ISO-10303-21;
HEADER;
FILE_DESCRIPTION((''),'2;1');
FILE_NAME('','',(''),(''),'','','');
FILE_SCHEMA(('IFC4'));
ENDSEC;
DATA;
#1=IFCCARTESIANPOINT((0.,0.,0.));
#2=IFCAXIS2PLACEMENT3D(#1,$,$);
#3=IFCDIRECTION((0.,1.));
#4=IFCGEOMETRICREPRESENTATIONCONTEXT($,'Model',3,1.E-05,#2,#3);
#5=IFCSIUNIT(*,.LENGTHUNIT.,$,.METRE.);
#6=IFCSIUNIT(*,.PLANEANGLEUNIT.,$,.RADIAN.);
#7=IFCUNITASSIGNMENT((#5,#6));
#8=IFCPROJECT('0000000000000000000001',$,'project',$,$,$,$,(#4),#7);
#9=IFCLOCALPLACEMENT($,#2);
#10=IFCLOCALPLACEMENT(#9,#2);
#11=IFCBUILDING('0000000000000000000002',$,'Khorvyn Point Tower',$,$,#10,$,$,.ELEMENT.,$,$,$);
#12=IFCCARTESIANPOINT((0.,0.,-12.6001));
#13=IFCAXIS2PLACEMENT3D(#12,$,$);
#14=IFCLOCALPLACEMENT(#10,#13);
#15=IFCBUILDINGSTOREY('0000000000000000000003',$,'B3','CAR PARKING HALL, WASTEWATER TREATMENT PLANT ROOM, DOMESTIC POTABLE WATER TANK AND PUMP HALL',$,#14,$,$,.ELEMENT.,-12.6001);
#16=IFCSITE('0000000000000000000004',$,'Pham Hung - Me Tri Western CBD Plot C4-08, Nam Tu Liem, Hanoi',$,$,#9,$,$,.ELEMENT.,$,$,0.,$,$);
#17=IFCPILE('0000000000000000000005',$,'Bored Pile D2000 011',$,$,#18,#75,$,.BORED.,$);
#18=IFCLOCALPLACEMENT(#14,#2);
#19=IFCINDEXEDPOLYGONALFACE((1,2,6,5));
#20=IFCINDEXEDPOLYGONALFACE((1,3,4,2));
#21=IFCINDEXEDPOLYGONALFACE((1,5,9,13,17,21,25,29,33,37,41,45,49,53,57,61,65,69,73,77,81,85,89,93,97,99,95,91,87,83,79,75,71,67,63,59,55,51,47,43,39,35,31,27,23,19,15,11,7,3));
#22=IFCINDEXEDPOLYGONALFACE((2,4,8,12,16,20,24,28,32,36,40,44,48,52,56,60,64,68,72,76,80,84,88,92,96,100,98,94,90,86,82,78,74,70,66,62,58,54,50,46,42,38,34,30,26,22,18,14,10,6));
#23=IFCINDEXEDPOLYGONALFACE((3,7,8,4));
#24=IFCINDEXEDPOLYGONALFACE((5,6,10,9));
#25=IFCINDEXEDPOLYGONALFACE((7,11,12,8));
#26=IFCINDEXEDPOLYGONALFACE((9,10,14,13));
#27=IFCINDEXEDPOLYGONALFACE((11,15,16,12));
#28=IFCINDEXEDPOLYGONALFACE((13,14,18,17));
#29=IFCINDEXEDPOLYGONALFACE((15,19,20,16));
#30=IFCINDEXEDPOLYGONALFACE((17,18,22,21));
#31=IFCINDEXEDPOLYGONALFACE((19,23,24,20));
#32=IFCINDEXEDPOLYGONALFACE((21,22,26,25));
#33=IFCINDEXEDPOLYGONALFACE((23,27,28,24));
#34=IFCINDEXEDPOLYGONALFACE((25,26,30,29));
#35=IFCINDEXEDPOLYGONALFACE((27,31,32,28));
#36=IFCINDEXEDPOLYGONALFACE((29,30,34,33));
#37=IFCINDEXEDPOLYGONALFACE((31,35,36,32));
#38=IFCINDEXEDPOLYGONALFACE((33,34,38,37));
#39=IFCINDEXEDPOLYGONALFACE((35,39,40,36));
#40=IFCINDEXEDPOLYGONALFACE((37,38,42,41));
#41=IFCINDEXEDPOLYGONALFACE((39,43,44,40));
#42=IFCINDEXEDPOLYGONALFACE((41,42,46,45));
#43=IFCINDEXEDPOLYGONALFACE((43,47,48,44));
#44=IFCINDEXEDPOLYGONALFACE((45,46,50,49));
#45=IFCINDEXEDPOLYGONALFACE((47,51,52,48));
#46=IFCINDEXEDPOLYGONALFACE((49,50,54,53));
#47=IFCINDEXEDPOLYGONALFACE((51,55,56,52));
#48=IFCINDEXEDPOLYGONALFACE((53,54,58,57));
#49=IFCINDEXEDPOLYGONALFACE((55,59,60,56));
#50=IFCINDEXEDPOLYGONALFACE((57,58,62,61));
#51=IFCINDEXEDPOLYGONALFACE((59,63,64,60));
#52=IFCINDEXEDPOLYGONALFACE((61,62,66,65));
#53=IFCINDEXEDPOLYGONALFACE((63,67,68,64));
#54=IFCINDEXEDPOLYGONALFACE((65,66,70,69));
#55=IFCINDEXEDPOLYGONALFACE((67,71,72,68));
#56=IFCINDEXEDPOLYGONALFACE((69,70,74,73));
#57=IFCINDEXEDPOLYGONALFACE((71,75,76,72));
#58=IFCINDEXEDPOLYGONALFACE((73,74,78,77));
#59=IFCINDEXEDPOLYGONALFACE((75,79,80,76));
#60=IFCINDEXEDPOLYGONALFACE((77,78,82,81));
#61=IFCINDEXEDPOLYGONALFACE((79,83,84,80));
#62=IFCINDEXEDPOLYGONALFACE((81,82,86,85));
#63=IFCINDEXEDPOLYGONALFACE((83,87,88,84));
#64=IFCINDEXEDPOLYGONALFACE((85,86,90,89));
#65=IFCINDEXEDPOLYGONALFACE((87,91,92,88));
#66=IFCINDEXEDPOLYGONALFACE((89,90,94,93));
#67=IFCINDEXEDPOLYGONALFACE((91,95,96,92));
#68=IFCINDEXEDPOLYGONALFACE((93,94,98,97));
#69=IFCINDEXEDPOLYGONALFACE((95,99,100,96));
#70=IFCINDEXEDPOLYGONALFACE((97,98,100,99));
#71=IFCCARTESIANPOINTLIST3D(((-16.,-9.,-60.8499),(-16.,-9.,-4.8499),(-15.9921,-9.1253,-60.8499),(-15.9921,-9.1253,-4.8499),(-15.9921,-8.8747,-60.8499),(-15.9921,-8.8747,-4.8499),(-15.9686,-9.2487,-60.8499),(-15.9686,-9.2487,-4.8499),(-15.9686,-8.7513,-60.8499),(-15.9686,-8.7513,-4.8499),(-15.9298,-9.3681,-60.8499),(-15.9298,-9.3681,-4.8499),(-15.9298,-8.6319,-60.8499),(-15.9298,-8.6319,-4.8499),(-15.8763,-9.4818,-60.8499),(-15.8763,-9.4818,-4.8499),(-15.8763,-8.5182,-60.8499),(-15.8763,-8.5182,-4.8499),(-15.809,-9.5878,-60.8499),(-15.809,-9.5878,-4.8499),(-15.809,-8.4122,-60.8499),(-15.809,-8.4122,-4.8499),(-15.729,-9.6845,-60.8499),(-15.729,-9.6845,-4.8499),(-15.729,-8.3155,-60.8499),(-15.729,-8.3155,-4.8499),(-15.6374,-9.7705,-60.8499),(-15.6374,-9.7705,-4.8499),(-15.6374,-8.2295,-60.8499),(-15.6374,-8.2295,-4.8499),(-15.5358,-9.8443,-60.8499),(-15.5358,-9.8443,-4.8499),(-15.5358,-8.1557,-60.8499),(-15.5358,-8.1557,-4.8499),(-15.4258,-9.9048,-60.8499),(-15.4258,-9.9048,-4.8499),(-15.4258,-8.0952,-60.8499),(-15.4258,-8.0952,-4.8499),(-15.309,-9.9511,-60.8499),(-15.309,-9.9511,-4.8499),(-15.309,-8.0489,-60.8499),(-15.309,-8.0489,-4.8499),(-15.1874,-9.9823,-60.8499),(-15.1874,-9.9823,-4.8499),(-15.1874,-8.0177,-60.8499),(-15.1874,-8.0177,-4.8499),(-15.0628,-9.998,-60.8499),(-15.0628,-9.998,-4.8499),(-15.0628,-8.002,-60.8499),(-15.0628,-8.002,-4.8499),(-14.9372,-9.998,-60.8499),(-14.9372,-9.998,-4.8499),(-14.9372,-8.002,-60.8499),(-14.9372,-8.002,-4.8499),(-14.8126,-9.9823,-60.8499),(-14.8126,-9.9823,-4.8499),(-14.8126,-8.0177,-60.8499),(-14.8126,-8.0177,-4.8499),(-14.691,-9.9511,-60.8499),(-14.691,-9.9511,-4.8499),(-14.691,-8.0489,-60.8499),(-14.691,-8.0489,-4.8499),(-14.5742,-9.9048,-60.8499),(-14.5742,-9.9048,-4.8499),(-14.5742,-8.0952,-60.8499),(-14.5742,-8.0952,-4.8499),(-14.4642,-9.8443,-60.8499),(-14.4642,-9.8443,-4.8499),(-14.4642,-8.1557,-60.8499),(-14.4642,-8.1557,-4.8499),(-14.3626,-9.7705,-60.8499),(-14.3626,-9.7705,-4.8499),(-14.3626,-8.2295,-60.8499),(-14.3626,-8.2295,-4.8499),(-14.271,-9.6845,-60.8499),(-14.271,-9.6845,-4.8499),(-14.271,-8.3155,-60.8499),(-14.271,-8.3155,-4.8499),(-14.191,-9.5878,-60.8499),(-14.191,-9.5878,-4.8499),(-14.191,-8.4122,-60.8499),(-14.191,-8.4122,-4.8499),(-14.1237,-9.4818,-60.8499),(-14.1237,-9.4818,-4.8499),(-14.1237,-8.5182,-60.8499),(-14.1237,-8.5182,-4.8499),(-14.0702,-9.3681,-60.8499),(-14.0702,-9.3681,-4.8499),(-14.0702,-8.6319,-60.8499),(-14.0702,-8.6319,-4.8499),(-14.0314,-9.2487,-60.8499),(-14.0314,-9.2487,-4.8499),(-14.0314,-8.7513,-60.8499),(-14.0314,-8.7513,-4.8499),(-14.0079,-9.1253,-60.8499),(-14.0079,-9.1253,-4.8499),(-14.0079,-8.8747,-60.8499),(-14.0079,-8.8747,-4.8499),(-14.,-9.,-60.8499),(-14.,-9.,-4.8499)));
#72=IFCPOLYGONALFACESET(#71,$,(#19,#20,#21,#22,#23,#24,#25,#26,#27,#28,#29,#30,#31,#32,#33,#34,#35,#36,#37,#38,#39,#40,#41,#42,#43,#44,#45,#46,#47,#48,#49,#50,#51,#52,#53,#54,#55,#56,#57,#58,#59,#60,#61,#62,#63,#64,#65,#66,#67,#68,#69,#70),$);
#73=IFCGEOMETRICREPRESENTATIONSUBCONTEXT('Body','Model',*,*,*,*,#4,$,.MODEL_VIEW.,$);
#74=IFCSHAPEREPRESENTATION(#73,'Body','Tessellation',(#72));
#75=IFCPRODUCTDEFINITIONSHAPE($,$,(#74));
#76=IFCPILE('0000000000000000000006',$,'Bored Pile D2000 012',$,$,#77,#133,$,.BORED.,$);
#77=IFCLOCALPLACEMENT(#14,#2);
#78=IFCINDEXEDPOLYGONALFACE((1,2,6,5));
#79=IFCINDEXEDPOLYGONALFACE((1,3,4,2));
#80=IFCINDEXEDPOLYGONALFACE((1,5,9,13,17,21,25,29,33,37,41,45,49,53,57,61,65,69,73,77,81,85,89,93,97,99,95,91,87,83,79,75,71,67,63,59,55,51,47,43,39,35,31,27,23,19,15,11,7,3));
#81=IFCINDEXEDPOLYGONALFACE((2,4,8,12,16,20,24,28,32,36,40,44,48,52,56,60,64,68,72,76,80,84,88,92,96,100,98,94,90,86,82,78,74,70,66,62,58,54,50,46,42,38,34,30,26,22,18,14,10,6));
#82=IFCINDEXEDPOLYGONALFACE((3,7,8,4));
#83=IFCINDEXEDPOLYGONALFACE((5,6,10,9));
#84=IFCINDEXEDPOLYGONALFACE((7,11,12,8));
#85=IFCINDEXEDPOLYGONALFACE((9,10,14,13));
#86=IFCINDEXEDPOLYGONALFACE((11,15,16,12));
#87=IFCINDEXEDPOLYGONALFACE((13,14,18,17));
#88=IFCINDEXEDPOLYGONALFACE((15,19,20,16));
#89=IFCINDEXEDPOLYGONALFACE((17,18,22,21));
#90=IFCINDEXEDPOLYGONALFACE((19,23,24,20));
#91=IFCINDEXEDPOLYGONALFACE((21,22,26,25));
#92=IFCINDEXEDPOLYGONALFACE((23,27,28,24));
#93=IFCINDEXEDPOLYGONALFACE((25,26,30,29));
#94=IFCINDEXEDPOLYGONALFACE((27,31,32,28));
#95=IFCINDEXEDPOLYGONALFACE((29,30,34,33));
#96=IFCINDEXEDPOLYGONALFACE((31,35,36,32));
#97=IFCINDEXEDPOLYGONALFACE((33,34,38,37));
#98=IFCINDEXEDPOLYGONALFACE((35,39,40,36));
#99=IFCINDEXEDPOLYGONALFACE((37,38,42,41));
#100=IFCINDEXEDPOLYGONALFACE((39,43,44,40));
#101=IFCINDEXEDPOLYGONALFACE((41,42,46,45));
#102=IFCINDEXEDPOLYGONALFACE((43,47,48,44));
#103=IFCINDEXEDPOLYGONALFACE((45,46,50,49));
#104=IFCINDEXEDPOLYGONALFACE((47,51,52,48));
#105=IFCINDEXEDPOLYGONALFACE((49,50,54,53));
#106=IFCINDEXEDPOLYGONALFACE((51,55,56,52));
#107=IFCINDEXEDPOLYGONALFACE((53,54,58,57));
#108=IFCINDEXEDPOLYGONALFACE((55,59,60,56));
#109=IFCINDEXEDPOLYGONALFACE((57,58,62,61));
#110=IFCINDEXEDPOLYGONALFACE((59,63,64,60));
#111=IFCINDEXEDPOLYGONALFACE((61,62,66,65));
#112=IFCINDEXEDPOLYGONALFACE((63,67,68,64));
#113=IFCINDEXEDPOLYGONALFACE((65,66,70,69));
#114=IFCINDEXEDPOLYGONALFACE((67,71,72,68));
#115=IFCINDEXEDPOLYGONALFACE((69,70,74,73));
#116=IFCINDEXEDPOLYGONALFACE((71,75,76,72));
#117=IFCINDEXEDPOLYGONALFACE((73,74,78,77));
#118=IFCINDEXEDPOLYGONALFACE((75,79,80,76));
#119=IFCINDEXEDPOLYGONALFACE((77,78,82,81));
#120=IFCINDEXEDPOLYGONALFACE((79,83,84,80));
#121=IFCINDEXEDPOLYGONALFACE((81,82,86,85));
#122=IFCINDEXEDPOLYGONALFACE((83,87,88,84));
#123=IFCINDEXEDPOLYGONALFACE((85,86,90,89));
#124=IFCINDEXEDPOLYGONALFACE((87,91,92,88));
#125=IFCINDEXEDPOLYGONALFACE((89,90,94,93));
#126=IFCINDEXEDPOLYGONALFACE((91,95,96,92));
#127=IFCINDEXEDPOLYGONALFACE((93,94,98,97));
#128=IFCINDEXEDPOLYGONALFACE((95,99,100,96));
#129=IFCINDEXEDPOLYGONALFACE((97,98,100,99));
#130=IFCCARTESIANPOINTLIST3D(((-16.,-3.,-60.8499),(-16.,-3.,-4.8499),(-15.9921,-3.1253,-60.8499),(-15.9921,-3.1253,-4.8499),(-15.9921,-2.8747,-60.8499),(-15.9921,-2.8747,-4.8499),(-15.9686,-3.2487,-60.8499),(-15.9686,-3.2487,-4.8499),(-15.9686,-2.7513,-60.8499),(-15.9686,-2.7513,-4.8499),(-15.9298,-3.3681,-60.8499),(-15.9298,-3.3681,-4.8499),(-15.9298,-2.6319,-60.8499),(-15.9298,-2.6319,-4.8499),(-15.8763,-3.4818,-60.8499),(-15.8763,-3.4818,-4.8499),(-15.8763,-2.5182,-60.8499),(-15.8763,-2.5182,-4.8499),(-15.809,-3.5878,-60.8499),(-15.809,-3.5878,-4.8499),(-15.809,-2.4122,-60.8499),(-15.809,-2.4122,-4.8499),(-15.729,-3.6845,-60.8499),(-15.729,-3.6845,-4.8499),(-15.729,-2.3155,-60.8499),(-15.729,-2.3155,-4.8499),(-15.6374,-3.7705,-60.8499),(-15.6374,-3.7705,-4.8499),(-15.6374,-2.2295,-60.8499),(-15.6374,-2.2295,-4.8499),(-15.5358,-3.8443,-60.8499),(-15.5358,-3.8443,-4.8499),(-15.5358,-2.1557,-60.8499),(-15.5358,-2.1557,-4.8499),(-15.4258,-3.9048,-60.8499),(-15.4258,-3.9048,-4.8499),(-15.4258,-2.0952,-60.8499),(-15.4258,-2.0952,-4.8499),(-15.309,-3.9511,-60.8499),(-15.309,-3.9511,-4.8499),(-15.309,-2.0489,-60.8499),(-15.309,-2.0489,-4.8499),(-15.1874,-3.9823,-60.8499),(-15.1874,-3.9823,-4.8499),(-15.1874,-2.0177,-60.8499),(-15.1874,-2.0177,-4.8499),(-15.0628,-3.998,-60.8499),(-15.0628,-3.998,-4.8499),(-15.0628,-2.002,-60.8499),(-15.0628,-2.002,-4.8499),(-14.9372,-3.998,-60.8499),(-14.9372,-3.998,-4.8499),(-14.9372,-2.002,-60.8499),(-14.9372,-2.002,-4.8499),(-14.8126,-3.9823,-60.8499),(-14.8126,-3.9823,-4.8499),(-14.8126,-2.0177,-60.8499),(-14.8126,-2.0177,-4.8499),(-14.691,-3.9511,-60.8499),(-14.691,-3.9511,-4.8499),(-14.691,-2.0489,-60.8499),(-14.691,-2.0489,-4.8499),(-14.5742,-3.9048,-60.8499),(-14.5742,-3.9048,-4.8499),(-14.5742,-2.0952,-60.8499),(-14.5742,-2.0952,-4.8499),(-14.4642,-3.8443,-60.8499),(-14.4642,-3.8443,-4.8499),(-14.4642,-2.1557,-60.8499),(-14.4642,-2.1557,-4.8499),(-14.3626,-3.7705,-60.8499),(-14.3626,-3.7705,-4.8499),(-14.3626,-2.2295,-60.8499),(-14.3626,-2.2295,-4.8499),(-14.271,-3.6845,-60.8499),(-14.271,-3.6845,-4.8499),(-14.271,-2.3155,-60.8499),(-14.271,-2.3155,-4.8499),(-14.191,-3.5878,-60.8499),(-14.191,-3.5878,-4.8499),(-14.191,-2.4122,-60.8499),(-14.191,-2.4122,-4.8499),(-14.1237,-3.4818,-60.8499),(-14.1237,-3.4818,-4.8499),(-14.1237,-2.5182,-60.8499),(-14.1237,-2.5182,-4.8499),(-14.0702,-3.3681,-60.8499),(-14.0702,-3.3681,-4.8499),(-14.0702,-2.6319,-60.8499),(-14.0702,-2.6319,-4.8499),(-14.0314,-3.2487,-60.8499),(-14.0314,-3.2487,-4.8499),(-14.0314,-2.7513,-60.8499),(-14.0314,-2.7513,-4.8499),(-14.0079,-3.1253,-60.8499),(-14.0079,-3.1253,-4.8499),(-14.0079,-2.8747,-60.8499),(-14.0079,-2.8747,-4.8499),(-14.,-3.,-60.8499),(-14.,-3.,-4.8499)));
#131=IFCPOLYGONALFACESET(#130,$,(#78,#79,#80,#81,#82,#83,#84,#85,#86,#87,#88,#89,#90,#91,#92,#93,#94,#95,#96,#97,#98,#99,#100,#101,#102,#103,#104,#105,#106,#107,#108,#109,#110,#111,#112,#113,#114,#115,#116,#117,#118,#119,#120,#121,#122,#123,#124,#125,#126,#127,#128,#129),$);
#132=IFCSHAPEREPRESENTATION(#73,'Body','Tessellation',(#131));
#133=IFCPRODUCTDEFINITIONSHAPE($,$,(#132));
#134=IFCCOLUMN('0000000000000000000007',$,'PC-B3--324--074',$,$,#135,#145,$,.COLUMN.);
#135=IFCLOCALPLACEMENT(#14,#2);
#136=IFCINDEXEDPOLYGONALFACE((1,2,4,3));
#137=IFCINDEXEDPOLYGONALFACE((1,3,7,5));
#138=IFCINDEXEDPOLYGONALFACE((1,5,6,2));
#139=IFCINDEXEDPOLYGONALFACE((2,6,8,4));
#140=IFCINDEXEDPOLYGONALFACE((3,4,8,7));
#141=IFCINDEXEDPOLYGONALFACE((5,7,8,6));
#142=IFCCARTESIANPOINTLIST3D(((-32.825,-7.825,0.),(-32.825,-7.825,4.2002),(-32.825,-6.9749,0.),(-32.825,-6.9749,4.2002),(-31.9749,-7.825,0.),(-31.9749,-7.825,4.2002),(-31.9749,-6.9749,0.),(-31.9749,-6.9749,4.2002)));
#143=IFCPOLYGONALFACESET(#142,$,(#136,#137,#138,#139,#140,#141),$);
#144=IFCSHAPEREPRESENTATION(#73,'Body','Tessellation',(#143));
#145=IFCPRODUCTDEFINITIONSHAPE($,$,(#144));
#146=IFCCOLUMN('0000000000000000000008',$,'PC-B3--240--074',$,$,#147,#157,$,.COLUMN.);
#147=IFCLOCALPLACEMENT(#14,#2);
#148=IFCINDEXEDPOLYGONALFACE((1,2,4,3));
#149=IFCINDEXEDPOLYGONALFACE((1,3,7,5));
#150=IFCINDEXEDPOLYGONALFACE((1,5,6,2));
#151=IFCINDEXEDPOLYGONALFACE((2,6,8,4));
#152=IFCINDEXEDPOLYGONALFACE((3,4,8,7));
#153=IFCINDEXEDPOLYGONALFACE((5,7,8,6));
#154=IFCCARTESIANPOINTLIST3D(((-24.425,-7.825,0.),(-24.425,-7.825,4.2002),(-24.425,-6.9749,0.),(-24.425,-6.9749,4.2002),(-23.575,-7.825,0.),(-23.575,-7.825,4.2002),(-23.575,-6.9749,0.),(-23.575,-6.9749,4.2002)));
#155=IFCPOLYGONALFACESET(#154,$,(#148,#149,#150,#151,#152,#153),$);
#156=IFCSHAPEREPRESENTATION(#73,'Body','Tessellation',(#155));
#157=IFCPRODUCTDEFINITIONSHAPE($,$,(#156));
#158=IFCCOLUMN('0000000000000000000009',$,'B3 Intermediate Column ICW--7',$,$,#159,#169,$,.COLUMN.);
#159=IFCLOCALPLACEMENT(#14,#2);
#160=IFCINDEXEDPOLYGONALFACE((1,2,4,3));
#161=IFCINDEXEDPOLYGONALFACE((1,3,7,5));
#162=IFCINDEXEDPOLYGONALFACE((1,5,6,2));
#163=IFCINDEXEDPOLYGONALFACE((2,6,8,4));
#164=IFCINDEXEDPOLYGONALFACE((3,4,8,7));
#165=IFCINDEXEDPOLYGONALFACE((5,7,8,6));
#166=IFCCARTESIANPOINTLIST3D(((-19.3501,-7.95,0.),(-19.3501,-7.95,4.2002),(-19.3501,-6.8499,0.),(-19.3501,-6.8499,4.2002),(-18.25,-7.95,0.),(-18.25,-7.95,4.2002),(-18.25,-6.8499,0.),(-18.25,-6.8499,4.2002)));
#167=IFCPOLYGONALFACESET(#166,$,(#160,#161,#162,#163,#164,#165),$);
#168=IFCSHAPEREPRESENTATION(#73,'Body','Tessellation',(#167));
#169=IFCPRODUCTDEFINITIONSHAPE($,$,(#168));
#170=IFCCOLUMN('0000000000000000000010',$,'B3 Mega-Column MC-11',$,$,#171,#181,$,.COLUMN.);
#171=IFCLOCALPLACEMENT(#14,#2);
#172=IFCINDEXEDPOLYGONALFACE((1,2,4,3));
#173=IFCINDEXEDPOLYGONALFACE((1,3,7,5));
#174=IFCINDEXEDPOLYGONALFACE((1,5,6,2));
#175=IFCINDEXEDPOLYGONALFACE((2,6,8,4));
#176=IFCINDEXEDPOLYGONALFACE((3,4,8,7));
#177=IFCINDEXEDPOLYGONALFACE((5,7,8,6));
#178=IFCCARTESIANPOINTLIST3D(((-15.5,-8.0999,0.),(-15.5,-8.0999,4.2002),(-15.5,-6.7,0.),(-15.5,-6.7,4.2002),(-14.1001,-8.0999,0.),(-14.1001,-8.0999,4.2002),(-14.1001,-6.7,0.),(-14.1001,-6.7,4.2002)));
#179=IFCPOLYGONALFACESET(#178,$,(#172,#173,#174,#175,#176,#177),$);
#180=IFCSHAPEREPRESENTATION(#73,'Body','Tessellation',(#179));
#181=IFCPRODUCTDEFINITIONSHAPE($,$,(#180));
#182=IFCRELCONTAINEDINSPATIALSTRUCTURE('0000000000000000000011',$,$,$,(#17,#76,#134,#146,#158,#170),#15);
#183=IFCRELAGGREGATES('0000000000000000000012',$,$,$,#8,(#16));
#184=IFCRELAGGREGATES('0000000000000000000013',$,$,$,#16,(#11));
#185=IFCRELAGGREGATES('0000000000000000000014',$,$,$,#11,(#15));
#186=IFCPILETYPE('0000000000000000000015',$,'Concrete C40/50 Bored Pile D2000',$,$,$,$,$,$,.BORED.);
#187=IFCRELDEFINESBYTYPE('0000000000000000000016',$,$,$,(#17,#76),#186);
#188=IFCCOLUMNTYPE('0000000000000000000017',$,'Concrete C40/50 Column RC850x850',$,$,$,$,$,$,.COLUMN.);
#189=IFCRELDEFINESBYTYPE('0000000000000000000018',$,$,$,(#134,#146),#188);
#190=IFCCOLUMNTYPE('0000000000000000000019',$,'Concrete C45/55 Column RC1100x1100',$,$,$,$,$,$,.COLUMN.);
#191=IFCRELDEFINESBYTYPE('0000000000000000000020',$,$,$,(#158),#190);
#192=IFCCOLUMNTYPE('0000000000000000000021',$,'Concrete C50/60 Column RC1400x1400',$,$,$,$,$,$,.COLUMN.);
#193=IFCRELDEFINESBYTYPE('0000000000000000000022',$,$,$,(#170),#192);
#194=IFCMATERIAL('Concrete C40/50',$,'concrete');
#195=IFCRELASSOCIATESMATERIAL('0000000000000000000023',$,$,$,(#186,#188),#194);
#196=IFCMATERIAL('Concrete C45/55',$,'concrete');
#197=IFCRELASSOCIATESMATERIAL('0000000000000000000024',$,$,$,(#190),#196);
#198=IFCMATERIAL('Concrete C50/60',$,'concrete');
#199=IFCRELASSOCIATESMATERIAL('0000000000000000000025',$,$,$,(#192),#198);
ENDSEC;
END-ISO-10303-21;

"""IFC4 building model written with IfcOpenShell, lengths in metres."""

from ifc_helpers import new_model, si_unit, direction, frame, origin, origin_2d, place, context, subcontext, project, spatial, rectangle, circle, extrude, material, material_profile, profile_set, type_object, element, save


model = new_model("IFC4")

# Units and contexts
model_context = context("Model", 3, precision=1e-05, world=origin(), true_north=direction((0.0, 1.0)))
body_context = subcontext(model_context, "Body", "Model", "MODEL_VIEW")
ifc_project = project(units=[si_unit("LENGTHUNIT", "METRE"), si_unit("PLANEANGLEUNIT", "RADIAN")], contexts=[model_context])

# Site, building, storey
site_placement = place(None, origin())
site = spatial("IfcSite", under=ifc_project, at=site_placement, Name="Pham Hung - Me Tri Western CBD Plot C4-08, Nam Tu Liem, Hanoi", CompositionType="ELEMENT", RefElevation=0.0)
building_placement = place(site_placement, origin())
building = spatial("IfcBuilding", under=site, at=building_placement, Name="Khorvyn Point Tower", CompositionType="ELEMENT")
storey_placement = place(building_placement, frame((0.0, 0.0, -12.6001)))
storey = spatial("IfcBuildingStorey", under=building, at=storey_placement, Name="B3", Description="CAR PARKING HALL, WASTEWATER TREATMENT PLANT ROOM, DOMESTIC POTABLE WATER TANK AND PUMP HALL", CompositionType="ELEMENT", Elevation=-12.6001)

# Piles
ifc_material_1 = material(Name="Concrete C40/50", Category="concrete")
ifc_material_profile_1 = material_profile(ifc_material_1, circle(Radius=1.0, at=origin_2d()))
ifc_profile_set_1 = profile_set([ifc_material_profile_1], Name="Concrete C40/50 PILE-D2000")
pile_type_1 = type_object("IfcPileType", Name="Concrete C40/50 Bored Pile D2000", PredefinedType="BORED", material=ifc_profile_set_1)
for number, where, z_axis, x_axis, name in (
    (1, (-15.0, -9.0, -4.8499), (0.0, 0.0, -1.0), (1.0, 0.0, 0.0), "Bored Pile D2000 011"),
    (2, (-15.0, -3.0, -4.8499), (0.0, 0.0, -1.0), (1.0, 0.0, 0.0), "Bored Pile D2000 012"),
):
    element("IfcPile", number, at=place(storey_placement, frame(where, z_axis=z_axis, x_axis=x_axis)), inside=storey, type_object=pile_type_1, Name=name, PredefinedType="BORED", context=body_context, shape_type="SweptSolid", body=[
        extrude(circle(Radius=1.0, at=origin_2d()), origin(), (0.0, 0.0, 1.0), 56.0),
    ])

# Columns
ifc_material_profile_2 = material_profile(ifc_material_1, rectangle(XDim=0.8501, YDim=0.8501, at=origin_2d()))
ifc_profile_set_2 = profile_set([ifc_material_profile_2], Name="Concrete C40/50 RC850x850")
column_type_1 = type_object("IfcColumnType", Name="Concrete C40/50 Column RC850x850", PredefinedType="COLUMN", material=ifc_profile_set_2)
for number, where, z_axis, x_axis, name in (
    (3, (-32.3999, -7.3999, 0.0), (0.0, 0.0, 1.0), (1.0, 0.0, 0.0), "PC-B3--324--074"),
    (4, (-24.0, -7.3999, 0.0), (0.0, 0.0, 1.0), (1.0, 0.0, 0.0), "PC-B3--240--074"),
):
    element("IfcColumn", number, at=place(storey_placement, frame(where, z_axis=z_axis, x_axis=x_axis)), inside=storey, type_object=column_type_1, Name=name, PredefinedType="COLUMN", context=body_context, shape_type="SweptSolid", body=[
        extrude(rectangle(XDim=0.8501, YDim=0.8501, at=origin_2d()), origin(), (0.0, 0.0, 1.0), 4.2002),
    ])
ifc_material_2 = material(Name="Concrete C45/55", Category="concrete")
ifc_material_profile_3 = material_profile(ifc_material_2, rectangle(XDim=1.1001, YDim=1.1001, at=origin_2d()))
ifc_profile_set_3 = profile_set([ifc_material_profile_3], Name="Concrete C45/55 RC1100x1100")
column_type_2 = type_object("IfcColumnType", Name="Concrete C45/55 Column RC1100x1100", PredefinedType="COLUMN", material=ifc_profile_set_3)
column_1_placement = place(storey_placement, frame((-18.8, -7.3999, 0.0), z_axis=(0.0, 0.0, 1.0), x_axis=(1.0, 0.0, 0.0)))
element("IfcColumn", 5, at=column_1_placement, inside=storey, type_object=column_type_2, Name="B3 Intermediate Column ICW--7", PredefinedType="COLUMN", context=body_context, shape_type="SweptSolid", body=[
    extrude(rectangle(XDim=1.1001, YDim=1.1001, at=origin_2d()), origin(), (0.0, 0.0, 1.0), 4.2002),
])
ifc_material_3 = material(Name="Concrete C50/60", Category="concrete")
ifc_material_profile_4 = material_profile(ifc_material_3, rectangle(XDim=1.3999, YDim=1.3999, at=origin_2d()))
ifc_profile_set_4 = profile_set([ifc_material_profile_4], Name="Concrete C50/60 RC1400x1400")
column_type_3 = type_object("IfcColumnType", Name="Concrete C50/60 Column RC1400x1400", PredefinedType="COLUMN", material=ifc_profile_set_4)
column_2_placement = place(storey_placement, frame((-14.8, -7.3999, 0.0), z_axis=(0.0, 0.0, 1.0), x_axis=(1.0, 0.0, 0.0)))
element("IfcColumn", 6, at=column_2_placement, inside=storey, type_object=column_type_3, Name="B3 Mega-Column MC-11", PredefinedType="COLUMN", context=body_context, shape_type="SweptSolid", body=[
    extrude(rectangle(XDim=1.3999, YDim=1.3999, at=origin_2d()), origin(), (0.0, 0.0, 1.0), 4.2002),
])

save(model, "model.ifc")
